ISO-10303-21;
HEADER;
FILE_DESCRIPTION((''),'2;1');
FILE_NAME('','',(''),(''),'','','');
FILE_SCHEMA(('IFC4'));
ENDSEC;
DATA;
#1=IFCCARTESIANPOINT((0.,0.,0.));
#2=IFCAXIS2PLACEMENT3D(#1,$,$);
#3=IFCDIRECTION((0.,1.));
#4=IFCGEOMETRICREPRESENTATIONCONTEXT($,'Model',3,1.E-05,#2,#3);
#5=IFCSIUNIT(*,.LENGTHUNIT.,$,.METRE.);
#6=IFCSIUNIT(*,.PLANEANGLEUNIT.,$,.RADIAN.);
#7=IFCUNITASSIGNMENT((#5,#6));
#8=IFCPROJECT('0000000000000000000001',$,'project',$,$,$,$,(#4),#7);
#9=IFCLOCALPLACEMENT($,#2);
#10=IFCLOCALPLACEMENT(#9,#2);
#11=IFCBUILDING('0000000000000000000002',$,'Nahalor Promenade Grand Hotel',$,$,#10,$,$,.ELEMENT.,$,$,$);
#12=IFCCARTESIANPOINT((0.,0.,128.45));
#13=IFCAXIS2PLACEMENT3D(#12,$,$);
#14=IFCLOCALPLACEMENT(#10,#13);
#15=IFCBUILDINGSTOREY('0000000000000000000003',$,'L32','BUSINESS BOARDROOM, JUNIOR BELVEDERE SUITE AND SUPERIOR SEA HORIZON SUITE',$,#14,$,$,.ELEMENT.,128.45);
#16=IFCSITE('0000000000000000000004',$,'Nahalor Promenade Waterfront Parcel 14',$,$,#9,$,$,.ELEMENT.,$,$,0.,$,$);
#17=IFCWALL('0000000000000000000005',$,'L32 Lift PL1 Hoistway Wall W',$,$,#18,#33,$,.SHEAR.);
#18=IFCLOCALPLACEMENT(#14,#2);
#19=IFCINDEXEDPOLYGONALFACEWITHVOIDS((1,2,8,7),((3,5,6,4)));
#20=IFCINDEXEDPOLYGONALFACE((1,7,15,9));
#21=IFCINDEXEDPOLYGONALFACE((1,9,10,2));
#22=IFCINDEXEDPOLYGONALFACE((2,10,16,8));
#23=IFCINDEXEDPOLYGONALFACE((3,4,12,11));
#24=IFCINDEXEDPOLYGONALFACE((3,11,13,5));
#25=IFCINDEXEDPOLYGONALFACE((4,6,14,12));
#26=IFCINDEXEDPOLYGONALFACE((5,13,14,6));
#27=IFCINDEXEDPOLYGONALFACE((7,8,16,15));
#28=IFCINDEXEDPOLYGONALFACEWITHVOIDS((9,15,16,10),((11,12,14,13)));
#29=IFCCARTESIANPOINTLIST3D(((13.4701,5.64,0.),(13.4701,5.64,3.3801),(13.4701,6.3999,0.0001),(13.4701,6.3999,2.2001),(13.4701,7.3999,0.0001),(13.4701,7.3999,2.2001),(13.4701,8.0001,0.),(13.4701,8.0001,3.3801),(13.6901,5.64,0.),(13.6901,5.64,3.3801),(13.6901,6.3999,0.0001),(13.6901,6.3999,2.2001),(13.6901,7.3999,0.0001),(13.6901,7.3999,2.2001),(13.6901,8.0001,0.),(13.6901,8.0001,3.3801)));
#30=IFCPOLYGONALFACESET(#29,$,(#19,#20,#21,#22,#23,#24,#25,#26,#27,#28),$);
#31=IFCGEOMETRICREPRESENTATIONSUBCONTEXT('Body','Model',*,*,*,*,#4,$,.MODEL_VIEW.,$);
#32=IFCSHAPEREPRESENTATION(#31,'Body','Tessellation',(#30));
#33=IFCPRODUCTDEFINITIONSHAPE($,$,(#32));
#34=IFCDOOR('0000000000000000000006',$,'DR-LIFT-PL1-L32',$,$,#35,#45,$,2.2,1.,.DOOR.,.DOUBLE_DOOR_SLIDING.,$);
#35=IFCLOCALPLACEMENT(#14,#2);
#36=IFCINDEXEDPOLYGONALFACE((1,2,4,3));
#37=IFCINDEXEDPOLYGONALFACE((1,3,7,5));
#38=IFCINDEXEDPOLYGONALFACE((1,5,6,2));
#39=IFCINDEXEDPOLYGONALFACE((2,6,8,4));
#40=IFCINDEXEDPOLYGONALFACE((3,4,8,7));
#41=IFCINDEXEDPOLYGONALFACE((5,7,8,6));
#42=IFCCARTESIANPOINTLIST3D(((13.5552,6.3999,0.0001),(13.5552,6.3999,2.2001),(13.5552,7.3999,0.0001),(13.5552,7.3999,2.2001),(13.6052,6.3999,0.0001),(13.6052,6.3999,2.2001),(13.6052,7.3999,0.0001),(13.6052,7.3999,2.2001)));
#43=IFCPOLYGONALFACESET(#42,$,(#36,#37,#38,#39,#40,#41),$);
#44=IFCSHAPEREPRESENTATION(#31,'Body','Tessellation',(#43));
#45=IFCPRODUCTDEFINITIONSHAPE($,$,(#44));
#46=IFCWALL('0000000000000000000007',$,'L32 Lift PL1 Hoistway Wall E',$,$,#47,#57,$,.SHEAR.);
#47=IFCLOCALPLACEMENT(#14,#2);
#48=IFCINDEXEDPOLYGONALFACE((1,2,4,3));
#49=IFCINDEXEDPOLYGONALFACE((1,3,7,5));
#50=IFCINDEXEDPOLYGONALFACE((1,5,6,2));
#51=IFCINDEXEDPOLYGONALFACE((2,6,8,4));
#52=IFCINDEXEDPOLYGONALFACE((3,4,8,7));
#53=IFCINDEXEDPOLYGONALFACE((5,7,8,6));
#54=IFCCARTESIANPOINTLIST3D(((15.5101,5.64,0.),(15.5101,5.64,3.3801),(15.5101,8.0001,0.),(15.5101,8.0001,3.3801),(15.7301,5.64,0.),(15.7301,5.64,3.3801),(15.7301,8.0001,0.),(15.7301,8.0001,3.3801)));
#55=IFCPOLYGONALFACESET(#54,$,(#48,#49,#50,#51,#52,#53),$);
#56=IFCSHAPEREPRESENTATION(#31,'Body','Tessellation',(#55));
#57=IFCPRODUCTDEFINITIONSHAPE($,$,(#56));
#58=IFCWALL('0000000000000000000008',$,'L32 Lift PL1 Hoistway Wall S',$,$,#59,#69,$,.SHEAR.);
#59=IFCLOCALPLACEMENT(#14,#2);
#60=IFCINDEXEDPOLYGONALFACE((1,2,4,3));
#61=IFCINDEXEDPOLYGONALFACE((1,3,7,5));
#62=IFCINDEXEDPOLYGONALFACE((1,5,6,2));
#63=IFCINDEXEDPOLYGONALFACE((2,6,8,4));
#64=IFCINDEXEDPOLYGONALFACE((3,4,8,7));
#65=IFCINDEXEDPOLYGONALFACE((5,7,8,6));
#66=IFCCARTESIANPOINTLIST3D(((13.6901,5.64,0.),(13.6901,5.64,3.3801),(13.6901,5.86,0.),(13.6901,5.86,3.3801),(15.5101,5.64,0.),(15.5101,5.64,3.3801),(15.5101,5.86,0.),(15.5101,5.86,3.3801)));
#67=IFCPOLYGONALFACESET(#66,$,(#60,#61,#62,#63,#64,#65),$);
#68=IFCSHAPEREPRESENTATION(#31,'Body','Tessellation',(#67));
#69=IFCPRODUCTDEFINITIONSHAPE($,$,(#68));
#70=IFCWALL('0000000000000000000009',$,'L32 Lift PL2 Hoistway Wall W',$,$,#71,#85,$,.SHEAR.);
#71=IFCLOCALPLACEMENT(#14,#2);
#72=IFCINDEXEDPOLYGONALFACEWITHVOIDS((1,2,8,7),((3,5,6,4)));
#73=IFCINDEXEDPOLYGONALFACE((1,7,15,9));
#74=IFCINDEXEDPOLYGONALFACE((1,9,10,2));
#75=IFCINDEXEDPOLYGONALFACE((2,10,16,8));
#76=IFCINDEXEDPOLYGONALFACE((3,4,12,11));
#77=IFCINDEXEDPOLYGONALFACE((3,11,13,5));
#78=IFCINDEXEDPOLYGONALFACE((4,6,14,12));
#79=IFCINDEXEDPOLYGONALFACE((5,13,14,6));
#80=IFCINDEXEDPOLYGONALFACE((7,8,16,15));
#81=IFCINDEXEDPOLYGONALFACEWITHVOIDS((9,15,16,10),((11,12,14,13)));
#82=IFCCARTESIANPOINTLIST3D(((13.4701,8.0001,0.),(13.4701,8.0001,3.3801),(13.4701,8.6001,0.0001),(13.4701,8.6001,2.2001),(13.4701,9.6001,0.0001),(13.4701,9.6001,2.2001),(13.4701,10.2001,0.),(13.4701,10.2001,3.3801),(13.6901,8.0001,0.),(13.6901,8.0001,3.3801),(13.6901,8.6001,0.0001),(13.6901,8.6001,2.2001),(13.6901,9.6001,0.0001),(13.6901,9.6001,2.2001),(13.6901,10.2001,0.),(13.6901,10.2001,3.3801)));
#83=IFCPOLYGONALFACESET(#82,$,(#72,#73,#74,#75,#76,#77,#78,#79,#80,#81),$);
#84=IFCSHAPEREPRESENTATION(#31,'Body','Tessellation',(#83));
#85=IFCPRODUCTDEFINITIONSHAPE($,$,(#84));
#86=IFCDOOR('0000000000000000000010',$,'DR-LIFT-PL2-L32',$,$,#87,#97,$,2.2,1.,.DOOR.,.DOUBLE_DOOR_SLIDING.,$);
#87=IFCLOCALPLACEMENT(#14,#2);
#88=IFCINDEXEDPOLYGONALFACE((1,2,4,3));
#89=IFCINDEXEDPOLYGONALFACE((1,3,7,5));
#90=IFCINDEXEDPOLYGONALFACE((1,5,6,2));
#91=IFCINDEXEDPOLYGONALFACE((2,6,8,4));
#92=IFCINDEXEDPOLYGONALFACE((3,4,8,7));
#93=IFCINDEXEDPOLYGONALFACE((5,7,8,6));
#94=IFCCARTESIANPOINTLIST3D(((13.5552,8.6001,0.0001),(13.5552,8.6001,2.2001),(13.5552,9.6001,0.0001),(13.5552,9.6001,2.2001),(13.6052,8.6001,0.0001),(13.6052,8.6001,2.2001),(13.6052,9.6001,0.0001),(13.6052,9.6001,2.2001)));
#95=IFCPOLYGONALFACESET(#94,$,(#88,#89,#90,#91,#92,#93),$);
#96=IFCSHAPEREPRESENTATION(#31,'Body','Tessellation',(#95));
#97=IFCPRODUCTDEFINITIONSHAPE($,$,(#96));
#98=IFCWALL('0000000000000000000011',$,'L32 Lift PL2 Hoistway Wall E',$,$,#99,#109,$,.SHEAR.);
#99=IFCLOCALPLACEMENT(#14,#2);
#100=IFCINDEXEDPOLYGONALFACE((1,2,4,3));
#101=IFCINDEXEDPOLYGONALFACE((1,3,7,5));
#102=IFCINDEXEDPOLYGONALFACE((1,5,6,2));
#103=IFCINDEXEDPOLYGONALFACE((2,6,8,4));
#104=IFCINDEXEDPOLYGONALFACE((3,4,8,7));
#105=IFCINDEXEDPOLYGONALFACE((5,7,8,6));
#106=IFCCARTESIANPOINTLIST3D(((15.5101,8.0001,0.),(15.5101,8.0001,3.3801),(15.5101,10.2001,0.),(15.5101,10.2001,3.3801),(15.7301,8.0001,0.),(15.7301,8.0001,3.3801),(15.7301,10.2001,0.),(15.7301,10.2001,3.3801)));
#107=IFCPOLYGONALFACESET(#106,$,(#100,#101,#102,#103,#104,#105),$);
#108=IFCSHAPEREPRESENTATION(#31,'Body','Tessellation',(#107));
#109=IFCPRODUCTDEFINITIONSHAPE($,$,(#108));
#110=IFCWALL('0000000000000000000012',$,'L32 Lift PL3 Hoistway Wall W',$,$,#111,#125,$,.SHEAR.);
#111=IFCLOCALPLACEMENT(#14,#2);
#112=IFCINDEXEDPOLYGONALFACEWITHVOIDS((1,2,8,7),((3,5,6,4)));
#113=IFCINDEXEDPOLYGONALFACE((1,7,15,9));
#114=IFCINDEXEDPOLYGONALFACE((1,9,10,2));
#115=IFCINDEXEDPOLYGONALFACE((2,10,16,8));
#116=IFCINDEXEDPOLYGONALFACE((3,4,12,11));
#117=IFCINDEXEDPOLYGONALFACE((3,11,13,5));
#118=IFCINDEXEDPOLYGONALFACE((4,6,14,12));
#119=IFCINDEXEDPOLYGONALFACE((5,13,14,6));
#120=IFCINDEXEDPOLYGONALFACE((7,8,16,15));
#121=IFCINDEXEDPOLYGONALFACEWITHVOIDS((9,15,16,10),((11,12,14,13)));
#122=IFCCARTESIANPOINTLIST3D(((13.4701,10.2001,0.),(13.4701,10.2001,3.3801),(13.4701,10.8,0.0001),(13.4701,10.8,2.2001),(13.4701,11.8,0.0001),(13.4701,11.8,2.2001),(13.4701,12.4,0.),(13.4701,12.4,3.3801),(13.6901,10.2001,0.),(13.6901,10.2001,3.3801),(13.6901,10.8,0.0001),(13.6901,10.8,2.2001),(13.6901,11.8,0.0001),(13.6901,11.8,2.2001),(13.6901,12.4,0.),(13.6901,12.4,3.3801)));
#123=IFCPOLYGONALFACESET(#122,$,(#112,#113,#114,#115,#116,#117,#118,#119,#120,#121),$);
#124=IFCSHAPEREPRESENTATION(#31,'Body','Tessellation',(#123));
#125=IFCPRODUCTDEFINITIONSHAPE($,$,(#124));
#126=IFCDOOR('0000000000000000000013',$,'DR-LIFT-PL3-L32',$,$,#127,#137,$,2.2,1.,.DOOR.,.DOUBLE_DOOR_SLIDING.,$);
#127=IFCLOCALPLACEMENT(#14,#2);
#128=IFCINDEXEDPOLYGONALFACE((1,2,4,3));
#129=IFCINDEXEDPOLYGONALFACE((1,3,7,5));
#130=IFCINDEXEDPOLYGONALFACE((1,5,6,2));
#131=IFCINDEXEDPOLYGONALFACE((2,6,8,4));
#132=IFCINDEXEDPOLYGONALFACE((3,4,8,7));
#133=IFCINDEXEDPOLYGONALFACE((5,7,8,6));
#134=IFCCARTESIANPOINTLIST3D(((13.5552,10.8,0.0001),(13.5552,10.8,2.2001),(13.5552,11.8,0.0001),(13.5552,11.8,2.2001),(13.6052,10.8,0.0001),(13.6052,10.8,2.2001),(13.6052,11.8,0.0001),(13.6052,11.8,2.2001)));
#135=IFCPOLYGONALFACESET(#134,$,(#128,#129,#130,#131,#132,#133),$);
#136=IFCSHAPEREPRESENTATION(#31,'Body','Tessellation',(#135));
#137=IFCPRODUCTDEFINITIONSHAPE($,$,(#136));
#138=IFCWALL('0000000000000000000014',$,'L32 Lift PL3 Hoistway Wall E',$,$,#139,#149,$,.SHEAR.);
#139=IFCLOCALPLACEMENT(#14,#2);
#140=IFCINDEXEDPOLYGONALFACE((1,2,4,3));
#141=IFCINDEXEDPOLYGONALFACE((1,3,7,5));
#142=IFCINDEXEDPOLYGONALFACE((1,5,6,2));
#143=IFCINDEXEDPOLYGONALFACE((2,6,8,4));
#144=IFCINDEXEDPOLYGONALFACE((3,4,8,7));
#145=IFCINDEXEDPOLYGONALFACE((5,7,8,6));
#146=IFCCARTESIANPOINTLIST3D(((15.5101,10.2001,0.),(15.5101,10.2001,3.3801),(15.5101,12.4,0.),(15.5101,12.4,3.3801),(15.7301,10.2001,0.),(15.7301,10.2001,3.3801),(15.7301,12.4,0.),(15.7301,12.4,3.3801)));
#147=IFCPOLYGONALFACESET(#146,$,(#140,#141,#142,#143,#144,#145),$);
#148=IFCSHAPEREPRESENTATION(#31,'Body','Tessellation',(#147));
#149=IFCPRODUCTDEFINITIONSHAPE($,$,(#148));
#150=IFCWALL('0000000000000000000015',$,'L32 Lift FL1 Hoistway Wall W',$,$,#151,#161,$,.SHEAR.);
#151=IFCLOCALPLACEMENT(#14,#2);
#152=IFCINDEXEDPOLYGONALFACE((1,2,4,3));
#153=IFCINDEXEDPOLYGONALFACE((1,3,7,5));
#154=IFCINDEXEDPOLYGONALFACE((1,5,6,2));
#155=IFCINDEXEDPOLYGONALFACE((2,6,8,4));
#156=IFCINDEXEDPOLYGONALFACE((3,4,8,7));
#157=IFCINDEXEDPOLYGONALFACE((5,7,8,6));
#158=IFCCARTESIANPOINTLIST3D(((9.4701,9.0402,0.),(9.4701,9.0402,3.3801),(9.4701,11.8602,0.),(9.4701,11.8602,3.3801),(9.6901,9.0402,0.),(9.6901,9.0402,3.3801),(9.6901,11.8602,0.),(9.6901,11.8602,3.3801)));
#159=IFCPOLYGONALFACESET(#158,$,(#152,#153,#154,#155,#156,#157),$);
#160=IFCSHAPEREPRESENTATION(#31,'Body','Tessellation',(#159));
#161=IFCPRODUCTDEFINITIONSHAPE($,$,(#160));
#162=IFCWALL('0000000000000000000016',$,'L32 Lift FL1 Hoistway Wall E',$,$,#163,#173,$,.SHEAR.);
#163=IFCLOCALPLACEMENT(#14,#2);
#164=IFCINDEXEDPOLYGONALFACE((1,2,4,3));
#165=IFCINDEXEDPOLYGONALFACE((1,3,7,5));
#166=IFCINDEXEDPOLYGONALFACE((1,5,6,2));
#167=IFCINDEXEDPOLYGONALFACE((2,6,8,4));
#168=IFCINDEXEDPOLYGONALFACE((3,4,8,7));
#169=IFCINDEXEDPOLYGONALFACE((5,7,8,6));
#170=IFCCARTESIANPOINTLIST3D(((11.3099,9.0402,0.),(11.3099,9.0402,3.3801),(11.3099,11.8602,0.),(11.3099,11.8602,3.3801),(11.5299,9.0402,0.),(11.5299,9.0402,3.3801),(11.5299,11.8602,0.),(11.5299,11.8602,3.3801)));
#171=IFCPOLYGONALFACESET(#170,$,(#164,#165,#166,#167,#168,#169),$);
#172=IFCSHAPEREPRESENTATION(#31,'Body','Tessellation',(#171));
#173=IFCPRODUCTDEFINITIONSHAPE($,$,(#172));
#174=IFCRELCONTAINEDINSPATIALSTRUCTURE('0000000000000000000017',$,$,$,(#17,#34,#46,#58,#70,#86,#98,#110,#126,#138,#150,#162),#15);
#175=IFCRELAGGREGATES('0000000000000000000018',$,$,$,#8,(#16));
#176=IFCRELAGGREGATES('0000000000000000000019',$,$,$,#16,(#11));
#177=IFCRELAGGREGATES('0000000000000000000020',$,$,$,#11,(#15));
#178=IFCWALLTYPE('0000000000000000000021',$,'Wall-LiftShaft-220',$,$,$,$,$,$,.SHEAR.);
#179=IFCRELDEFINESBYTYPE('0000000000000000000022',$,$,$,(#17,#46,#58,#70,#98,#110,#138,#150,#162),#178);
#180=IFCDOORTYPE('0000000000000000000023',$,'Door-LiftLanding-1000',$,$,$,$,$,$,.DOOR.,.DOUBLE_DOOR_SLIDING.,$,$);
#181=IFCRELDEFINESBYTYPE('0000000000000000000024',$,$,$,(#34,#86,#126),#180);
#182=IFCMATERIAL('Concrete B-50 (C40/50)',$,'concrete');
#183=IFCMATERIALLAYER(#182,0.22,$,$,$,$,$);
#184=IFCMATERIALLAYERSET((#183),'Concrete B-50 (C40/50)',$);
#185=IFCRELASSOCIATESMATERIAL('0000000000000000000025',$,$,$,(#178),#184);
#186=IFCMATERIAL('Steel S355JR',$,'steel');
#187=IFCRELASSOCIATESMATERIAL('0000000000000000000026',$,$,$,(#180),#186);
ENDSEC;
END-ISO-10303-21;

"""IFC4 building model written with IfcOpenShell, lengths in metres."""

from ifc_helpers import new_model, si_unit, direction, frame, frame_2d, origin, place, context, subcontext, project, spatial, rectangle, extrude, source, transform, mapped, material, layer, layer_set, type_object, element, fill, save


model = new_model("IFC4")

# Units and contexts
model_context = context("Model", 3, precision=1e-05, world=origin(), true_north=direction((0.0, 1.0)))
body_context = subcontext(model_context, "Body", "Model", "MODEL_VIEW")
ifc_project = project(units=[si_unit("LENGTHUNIT", "METRE"), si_unit("PLANEANGLEUNIT", "RADIAN")], contexts=[model_context])

# Site, building, storey
site_placement = place(None, origin())
site = spatial("IfcSite", under=ifc_project, at=site_placement, Name="Nahalor Promenade Waterfront Parcel 14", CompositionType="ELEMENT", RefElevation=0.0)
building_placement = place(site_placement, origin())
building = spatial("IfcBuilding", under=site, at=building_placement, Name="Nahalor Promenade Grand Hotel", CompositionType="ELEMENT")
storey_placement = place(building_placement, frame((0.0, 0.0, 128.45)))
storey = spatial("IfcBuildingStorey", under=building, at=storey_placement, Name="L32", Description="BUSINESS BOARDROOM, JUNIOR BELVEDERE SUITE AND SUPERIOR SEA HORIZON SUITE", CompositionType="ELEMENT", Elevation=128.45)

# Shared definitions
ifc_material_1 = material(Name="Steel S355JR", Category="steel")

# Shared definitions
ifc_material_2 = material(Name="Concrete B-50 (C40/50)", Category="concrete")

# Shared definitions
ifc_layer_1 = layer(ifc_material_2, 0.22)
ifc_layer_set_1 = layer_set([ifc_layer_1], Name="Concrete B-50 (C40/50)")
wall_type_1 = type_object("IfcWallType", Name="Wall-LiftShaft-220", PredefinedType="SHEAR", material=ifc_layer_set_1)

# Wall, opening, door
shared_shape_1 = source(origin(), body_context, "Body", "SweptSolid", [
    extrude(rectangle(XDim=2.3601, YDim=0.22, at=frame_2d((1.1802, 0.0))), origin(), (0.0, 0.0, 1.0), 3.3801),
])
wall_1_placement = place(storey_placement, frame((13.5801, 5.6399, 0.0), z_axis=(0.0, 0.0, 1.0), x_axis=(0.0, 1.0, 0.0)))
wall_1 = element("IfcWall", 1, at=wall_1_placement, inside=storey, type_object=wall_type_1, Name="L32 Lift PL1 Hoistway Wall W", PredefinedType="SHEAR", context=body_context, shape_type="MappedRepresentation", body=[
    mapped(shared_shape_1, transform((0.0, 0.0, 0.0), scale=1.0)),
])
opening_1_placement = place(wall_1_placement, frame((0.76, 0.0, 0.0)))
opening_1 = element("IfcOpeningElement", 2, at=opening_1_placement, cuts=wall_1, PredefinedType="OPENING", context=body_context, shape_type="SweptSolid", body=[
    extrude(rectangle(XDim=1.0, YDim=2.2, at=frame_2d((0.5, 1.1001))), frame((0.0, 0.1199, 0.0), z_axis=(0.0, -1.0, 0.0), x_axis=(1.0, 0.0, 0.0)), (0.0, 0.0, 1.0), 0.24),
])
door_type_1 = type_object("IfcDoorType", Name="Door-LiftLanding-1000", OperationType="DOUBLE_DOOR_SLIDING", PredefinedType="DOOR", material=ifc_material_1)
shared_shape_2 = source(origin(), body_context, "Body", "SweptSolid", [
    extrude(rectangle(XDim=1.0, YDim=2.2, at=frame_2d((0.5, 1.1001))), frame((0.0, 0.0249, 0.0), z_axis=(0.0, -1.0, 0.0), x_axis=(1.0, 0.0, 0.0)), (0.0, 0.0, 1.0), 0.05),
])
door_1_placement = place(opening_1_placement, origin())
door_1 = element("IfcDoor", 3, at=door_1_placement, inside=storey, type_object=door_type_1, Name="DR-LIFT-PL1-L32", OperationType="DOUBLE_DOOR_SLIDING", OverallHeight=2.2, OverallWidth=1.0, PredefinedType="DOOR", context=body_context, shape_type="MappedRepresentation", body=[
    mapped(shared_shape_2, transform((0.0, 0.0, 0.0), scale=1.0)),
])
fill(opening_1, door_1)

# Walls
wall_2_placement = place(storey_placement, frame((15.6201, 5.6399, 0.0), z_axis=(0.0, 0.0, 1.0), x_axis=(0.0, 1.0, 0.0)))
element("IfcWall", 4, at=wall_2_placement, inside=storey, type_object=wall_type_1, Name="L32 Lift PL1 Hoistway Wall E", PredefinedType="SHEAR", context=body_context, shape_type="MappedRepresentation", body=[
    mapped(shared_shape_1, transform((0.0, 0.0, 0.0), scale=1.0)),
])
shared_shape_3 = source(origin(), body_context, "Body", "SweptSolid", [
    extrude(rectangle(XDim=1.8201, YDim=0.22, at=frame_2d((0.9102, 0.0))), origin(), (0.0, 0.0, 1.0), 3.3801),
])
wall_3_placement = place(storey_placement, frame((13.6899, 5.75, 0.0), z_axis=(0.0, 0.0, 1.0), x_axis=(1.0, 0.0, 0.0)))
element("IfcWall", 5, at=wall_3_placement, inside=storey, type_object=wall_type_1, Name="L32 Lift PL1 Hoistway Wall S", PredefinedType="SHEAR", context=body_context, shape_type="MappedRepresentation", body=[
    mapped(shared_shape_3, transform((0.0, 0.0, 0.0), scale=1.0)),
])

# Wall, opening, door
shared_shape_4 = source(origin(), body_context, "Body", "SweptSolid", [
    extrude(rectangle(XDim=2.2, YDim=0.22, at=frame_2d((1.1001, 0.0))), origin(), (0.0, 0.0, 1.0), 3.3801),
])
wall_4_placement = place(storey_placement, frame((13.5801, 8.0, 0.0), z_axis=(0.0, 0.0, 1.0), x_axis=(0.0, 1.0, 0.0)))
wall_4 = element("IfcWall", 6, at=wall_4_placement, inside=storey, type_object=wall_type_1, Name="L32 Lift PL2 Hoistway Wall W", PredefinedType="SHEAR", context=body_context, shape_type="MappedRepresentation", body=[
    mapped(shared_shape_4, transform((0.0, 0.0, 0.0), scale=1.0)),
])
opening_2_placement = place(wall_4_placement, frame((0.6001, 0.0, 0.0)))
opening_2 = element("IfcOpeningElement", 7, at=opening_2_placement, cuts=wall_4, PredefinedType="OPENING", context=body_context, shape_type="SweptSolid", body=[
    extrude(rectangle(XDim=1.0, YDim=2.2, at=frame_2d((0.5, 1.1001))), frame((0.0, 0.1199, 0.0), z_axis=(0.0, -1.0, 0.0), x_axis=(1.0, 0.0, 0.0)), (0.0, 0.0, 1.0), 0.24),
])
door_2_placement = place(opening_2_placement, origin())
door_2 = element("IfcDoor", 8, at=door_2_placement, inside=storey, type_object=door_type_1, Name="DR-LIFT-PL2-L32", OperationType="DOUBLE_DOOR_SLIDING", OverallHeight=2.2, OverallWidth=1.0, PredefinedType="DOOR", context=body_context, shape_type="MappedRepresentation", body=[
    mapped(shared_shape_2, transform((0.0, 0.0, 0.0), scale=1.0)),
])
fill(opening_2, door_2)

# Wall
wall_5_placement = place(storey_placement, frame((15.6201, 8.0, 0.0), z_axis=(0.0, 0.0, 1.0), x_axis=(0.0, 1.0, 0.0)))
element("IfcWall", 9, at=wall_5_placement, inside=storey, type_object=wall_type_1, Name="L32 Lift PL2 Hoistway Wall E", PredefinedType="SHEAR", context=body_context, shape_type="MappedRepresentation", body=[
    mapped(shared_shape_4, transform((0.0, 0.0, 0.0), scale=1.0)),
])

# Wall, opening, door
wall_6_placement = place(storey_placement, frame((13.5801, 10.2, 0.0), z_axis=(0.0, 0.0, 1.0), x_axis=(0.0, 1.0, 0.0)))
wall_6 = element("IfcWall", 10, at=wall_6_placement, inside=storey, type_object=wall_type_1, Name="L32 Lift PL3 Hoistway Wall W", PredefinedType="SHEAR", context=body_context, shape_type="MappedRepresentation", body=[
    mapped(shared_shape_4, transform((0.0, 0.0, 0.0), scale=1.0)),
])
opening_3_placement = place(wall_6_placement, frame((0.6001, 0.0, 0.0)))
opening_3 = element("IfcOpeningElement", 11, at=opening_3_placement, cuts=wall_6, PredefinedType="OPENING", context=body_context, shape_type="SweptSolid", body=[
    extrude(rectangle(XDim=1.0, YDim=2.2, at=frame_2d((0.5, 1.1001))), frame((0.0, 0.1199, 0.0), z_axis=(0.0, -1.0, 0.0), x_axis=(1.0, 0.0, 0.0)), (0.0, 0.0, 1.0), 0.24),
])
door_3_placement = place(opening_3_placement, origin())
door_3 = element("IfcDoor", 12, at=door_3_placement, inside=storey, type_object=door_type_1, Name="DR-LIFT-PL3-L32", OperationType="DOUBLE_DOOR_SLIDING", OverallHeight=2.2, OverallWidth=1.0, PredefinedType="DOOR", context=body_context, shape_type="MappedRepresentation", body=[
    mapped(shared_shape_2, transform((0.0, 0.0, 0.0), scale=1.0)),
])
fill(opening_3, door_3)

# Walls
wall_7_placement = place(storey_placement, frame((15.6201, 10.2, 0.0), z_axis=(0.0, 0.0, 1.0), x_axis=(0.0, 1.0, 0.0)))
element("IfcWall", 13, at=wall_7_placement, inside=storey, type_object=wall_type_1, Name="L32 Lift PL3 Hoistway Wall E", PredefinedType="SHEAR", context=body_context, shape_type="MappedRepresentation", body=[
    mapped(shared_shape_4, transform((0.0, 0.0, 0.0), scale=1.0)),
])
shared_shape_5 = source(origin(), body_context, "Body", "SweptSolid", [
    extrude(rectangle(XDim=2.8201, YDim=0.22, at=frame_2d((1.4102, 0.0))), origin(), (0.0, 0.0, 1.0), 3.3801),
])
for number, where, z_axis, x_axis, name in (
    (14, (9.5801, 9.04, 0.0), (0.0, 0.0, 1.0), (0.0, 1.0, 0.0), "L32 Lift FL1 Hoistway Wall W"),
    (15, (11.4199, 9.04, 0.0), (0.0, 0.0, 1.0), (0.0, 1.0, 0.0), "L32 Lift FL1 Hoistway Wall E"),
):
    element("IfcWall", number, at=place(storey_placement, frame(where, z_axis=z_axis, x_axis=x_axis)), inside=storey, type_object=wall_type_1, Name=name, PredefinedType="SHEAR", context=body_context, shape_type="MappedRepresentation", body=[
        mapped(shared_shape_5, transform((0.0, 0.0, 0.0), scale=1.0)),
    ])

save(model, "model.ifc")
